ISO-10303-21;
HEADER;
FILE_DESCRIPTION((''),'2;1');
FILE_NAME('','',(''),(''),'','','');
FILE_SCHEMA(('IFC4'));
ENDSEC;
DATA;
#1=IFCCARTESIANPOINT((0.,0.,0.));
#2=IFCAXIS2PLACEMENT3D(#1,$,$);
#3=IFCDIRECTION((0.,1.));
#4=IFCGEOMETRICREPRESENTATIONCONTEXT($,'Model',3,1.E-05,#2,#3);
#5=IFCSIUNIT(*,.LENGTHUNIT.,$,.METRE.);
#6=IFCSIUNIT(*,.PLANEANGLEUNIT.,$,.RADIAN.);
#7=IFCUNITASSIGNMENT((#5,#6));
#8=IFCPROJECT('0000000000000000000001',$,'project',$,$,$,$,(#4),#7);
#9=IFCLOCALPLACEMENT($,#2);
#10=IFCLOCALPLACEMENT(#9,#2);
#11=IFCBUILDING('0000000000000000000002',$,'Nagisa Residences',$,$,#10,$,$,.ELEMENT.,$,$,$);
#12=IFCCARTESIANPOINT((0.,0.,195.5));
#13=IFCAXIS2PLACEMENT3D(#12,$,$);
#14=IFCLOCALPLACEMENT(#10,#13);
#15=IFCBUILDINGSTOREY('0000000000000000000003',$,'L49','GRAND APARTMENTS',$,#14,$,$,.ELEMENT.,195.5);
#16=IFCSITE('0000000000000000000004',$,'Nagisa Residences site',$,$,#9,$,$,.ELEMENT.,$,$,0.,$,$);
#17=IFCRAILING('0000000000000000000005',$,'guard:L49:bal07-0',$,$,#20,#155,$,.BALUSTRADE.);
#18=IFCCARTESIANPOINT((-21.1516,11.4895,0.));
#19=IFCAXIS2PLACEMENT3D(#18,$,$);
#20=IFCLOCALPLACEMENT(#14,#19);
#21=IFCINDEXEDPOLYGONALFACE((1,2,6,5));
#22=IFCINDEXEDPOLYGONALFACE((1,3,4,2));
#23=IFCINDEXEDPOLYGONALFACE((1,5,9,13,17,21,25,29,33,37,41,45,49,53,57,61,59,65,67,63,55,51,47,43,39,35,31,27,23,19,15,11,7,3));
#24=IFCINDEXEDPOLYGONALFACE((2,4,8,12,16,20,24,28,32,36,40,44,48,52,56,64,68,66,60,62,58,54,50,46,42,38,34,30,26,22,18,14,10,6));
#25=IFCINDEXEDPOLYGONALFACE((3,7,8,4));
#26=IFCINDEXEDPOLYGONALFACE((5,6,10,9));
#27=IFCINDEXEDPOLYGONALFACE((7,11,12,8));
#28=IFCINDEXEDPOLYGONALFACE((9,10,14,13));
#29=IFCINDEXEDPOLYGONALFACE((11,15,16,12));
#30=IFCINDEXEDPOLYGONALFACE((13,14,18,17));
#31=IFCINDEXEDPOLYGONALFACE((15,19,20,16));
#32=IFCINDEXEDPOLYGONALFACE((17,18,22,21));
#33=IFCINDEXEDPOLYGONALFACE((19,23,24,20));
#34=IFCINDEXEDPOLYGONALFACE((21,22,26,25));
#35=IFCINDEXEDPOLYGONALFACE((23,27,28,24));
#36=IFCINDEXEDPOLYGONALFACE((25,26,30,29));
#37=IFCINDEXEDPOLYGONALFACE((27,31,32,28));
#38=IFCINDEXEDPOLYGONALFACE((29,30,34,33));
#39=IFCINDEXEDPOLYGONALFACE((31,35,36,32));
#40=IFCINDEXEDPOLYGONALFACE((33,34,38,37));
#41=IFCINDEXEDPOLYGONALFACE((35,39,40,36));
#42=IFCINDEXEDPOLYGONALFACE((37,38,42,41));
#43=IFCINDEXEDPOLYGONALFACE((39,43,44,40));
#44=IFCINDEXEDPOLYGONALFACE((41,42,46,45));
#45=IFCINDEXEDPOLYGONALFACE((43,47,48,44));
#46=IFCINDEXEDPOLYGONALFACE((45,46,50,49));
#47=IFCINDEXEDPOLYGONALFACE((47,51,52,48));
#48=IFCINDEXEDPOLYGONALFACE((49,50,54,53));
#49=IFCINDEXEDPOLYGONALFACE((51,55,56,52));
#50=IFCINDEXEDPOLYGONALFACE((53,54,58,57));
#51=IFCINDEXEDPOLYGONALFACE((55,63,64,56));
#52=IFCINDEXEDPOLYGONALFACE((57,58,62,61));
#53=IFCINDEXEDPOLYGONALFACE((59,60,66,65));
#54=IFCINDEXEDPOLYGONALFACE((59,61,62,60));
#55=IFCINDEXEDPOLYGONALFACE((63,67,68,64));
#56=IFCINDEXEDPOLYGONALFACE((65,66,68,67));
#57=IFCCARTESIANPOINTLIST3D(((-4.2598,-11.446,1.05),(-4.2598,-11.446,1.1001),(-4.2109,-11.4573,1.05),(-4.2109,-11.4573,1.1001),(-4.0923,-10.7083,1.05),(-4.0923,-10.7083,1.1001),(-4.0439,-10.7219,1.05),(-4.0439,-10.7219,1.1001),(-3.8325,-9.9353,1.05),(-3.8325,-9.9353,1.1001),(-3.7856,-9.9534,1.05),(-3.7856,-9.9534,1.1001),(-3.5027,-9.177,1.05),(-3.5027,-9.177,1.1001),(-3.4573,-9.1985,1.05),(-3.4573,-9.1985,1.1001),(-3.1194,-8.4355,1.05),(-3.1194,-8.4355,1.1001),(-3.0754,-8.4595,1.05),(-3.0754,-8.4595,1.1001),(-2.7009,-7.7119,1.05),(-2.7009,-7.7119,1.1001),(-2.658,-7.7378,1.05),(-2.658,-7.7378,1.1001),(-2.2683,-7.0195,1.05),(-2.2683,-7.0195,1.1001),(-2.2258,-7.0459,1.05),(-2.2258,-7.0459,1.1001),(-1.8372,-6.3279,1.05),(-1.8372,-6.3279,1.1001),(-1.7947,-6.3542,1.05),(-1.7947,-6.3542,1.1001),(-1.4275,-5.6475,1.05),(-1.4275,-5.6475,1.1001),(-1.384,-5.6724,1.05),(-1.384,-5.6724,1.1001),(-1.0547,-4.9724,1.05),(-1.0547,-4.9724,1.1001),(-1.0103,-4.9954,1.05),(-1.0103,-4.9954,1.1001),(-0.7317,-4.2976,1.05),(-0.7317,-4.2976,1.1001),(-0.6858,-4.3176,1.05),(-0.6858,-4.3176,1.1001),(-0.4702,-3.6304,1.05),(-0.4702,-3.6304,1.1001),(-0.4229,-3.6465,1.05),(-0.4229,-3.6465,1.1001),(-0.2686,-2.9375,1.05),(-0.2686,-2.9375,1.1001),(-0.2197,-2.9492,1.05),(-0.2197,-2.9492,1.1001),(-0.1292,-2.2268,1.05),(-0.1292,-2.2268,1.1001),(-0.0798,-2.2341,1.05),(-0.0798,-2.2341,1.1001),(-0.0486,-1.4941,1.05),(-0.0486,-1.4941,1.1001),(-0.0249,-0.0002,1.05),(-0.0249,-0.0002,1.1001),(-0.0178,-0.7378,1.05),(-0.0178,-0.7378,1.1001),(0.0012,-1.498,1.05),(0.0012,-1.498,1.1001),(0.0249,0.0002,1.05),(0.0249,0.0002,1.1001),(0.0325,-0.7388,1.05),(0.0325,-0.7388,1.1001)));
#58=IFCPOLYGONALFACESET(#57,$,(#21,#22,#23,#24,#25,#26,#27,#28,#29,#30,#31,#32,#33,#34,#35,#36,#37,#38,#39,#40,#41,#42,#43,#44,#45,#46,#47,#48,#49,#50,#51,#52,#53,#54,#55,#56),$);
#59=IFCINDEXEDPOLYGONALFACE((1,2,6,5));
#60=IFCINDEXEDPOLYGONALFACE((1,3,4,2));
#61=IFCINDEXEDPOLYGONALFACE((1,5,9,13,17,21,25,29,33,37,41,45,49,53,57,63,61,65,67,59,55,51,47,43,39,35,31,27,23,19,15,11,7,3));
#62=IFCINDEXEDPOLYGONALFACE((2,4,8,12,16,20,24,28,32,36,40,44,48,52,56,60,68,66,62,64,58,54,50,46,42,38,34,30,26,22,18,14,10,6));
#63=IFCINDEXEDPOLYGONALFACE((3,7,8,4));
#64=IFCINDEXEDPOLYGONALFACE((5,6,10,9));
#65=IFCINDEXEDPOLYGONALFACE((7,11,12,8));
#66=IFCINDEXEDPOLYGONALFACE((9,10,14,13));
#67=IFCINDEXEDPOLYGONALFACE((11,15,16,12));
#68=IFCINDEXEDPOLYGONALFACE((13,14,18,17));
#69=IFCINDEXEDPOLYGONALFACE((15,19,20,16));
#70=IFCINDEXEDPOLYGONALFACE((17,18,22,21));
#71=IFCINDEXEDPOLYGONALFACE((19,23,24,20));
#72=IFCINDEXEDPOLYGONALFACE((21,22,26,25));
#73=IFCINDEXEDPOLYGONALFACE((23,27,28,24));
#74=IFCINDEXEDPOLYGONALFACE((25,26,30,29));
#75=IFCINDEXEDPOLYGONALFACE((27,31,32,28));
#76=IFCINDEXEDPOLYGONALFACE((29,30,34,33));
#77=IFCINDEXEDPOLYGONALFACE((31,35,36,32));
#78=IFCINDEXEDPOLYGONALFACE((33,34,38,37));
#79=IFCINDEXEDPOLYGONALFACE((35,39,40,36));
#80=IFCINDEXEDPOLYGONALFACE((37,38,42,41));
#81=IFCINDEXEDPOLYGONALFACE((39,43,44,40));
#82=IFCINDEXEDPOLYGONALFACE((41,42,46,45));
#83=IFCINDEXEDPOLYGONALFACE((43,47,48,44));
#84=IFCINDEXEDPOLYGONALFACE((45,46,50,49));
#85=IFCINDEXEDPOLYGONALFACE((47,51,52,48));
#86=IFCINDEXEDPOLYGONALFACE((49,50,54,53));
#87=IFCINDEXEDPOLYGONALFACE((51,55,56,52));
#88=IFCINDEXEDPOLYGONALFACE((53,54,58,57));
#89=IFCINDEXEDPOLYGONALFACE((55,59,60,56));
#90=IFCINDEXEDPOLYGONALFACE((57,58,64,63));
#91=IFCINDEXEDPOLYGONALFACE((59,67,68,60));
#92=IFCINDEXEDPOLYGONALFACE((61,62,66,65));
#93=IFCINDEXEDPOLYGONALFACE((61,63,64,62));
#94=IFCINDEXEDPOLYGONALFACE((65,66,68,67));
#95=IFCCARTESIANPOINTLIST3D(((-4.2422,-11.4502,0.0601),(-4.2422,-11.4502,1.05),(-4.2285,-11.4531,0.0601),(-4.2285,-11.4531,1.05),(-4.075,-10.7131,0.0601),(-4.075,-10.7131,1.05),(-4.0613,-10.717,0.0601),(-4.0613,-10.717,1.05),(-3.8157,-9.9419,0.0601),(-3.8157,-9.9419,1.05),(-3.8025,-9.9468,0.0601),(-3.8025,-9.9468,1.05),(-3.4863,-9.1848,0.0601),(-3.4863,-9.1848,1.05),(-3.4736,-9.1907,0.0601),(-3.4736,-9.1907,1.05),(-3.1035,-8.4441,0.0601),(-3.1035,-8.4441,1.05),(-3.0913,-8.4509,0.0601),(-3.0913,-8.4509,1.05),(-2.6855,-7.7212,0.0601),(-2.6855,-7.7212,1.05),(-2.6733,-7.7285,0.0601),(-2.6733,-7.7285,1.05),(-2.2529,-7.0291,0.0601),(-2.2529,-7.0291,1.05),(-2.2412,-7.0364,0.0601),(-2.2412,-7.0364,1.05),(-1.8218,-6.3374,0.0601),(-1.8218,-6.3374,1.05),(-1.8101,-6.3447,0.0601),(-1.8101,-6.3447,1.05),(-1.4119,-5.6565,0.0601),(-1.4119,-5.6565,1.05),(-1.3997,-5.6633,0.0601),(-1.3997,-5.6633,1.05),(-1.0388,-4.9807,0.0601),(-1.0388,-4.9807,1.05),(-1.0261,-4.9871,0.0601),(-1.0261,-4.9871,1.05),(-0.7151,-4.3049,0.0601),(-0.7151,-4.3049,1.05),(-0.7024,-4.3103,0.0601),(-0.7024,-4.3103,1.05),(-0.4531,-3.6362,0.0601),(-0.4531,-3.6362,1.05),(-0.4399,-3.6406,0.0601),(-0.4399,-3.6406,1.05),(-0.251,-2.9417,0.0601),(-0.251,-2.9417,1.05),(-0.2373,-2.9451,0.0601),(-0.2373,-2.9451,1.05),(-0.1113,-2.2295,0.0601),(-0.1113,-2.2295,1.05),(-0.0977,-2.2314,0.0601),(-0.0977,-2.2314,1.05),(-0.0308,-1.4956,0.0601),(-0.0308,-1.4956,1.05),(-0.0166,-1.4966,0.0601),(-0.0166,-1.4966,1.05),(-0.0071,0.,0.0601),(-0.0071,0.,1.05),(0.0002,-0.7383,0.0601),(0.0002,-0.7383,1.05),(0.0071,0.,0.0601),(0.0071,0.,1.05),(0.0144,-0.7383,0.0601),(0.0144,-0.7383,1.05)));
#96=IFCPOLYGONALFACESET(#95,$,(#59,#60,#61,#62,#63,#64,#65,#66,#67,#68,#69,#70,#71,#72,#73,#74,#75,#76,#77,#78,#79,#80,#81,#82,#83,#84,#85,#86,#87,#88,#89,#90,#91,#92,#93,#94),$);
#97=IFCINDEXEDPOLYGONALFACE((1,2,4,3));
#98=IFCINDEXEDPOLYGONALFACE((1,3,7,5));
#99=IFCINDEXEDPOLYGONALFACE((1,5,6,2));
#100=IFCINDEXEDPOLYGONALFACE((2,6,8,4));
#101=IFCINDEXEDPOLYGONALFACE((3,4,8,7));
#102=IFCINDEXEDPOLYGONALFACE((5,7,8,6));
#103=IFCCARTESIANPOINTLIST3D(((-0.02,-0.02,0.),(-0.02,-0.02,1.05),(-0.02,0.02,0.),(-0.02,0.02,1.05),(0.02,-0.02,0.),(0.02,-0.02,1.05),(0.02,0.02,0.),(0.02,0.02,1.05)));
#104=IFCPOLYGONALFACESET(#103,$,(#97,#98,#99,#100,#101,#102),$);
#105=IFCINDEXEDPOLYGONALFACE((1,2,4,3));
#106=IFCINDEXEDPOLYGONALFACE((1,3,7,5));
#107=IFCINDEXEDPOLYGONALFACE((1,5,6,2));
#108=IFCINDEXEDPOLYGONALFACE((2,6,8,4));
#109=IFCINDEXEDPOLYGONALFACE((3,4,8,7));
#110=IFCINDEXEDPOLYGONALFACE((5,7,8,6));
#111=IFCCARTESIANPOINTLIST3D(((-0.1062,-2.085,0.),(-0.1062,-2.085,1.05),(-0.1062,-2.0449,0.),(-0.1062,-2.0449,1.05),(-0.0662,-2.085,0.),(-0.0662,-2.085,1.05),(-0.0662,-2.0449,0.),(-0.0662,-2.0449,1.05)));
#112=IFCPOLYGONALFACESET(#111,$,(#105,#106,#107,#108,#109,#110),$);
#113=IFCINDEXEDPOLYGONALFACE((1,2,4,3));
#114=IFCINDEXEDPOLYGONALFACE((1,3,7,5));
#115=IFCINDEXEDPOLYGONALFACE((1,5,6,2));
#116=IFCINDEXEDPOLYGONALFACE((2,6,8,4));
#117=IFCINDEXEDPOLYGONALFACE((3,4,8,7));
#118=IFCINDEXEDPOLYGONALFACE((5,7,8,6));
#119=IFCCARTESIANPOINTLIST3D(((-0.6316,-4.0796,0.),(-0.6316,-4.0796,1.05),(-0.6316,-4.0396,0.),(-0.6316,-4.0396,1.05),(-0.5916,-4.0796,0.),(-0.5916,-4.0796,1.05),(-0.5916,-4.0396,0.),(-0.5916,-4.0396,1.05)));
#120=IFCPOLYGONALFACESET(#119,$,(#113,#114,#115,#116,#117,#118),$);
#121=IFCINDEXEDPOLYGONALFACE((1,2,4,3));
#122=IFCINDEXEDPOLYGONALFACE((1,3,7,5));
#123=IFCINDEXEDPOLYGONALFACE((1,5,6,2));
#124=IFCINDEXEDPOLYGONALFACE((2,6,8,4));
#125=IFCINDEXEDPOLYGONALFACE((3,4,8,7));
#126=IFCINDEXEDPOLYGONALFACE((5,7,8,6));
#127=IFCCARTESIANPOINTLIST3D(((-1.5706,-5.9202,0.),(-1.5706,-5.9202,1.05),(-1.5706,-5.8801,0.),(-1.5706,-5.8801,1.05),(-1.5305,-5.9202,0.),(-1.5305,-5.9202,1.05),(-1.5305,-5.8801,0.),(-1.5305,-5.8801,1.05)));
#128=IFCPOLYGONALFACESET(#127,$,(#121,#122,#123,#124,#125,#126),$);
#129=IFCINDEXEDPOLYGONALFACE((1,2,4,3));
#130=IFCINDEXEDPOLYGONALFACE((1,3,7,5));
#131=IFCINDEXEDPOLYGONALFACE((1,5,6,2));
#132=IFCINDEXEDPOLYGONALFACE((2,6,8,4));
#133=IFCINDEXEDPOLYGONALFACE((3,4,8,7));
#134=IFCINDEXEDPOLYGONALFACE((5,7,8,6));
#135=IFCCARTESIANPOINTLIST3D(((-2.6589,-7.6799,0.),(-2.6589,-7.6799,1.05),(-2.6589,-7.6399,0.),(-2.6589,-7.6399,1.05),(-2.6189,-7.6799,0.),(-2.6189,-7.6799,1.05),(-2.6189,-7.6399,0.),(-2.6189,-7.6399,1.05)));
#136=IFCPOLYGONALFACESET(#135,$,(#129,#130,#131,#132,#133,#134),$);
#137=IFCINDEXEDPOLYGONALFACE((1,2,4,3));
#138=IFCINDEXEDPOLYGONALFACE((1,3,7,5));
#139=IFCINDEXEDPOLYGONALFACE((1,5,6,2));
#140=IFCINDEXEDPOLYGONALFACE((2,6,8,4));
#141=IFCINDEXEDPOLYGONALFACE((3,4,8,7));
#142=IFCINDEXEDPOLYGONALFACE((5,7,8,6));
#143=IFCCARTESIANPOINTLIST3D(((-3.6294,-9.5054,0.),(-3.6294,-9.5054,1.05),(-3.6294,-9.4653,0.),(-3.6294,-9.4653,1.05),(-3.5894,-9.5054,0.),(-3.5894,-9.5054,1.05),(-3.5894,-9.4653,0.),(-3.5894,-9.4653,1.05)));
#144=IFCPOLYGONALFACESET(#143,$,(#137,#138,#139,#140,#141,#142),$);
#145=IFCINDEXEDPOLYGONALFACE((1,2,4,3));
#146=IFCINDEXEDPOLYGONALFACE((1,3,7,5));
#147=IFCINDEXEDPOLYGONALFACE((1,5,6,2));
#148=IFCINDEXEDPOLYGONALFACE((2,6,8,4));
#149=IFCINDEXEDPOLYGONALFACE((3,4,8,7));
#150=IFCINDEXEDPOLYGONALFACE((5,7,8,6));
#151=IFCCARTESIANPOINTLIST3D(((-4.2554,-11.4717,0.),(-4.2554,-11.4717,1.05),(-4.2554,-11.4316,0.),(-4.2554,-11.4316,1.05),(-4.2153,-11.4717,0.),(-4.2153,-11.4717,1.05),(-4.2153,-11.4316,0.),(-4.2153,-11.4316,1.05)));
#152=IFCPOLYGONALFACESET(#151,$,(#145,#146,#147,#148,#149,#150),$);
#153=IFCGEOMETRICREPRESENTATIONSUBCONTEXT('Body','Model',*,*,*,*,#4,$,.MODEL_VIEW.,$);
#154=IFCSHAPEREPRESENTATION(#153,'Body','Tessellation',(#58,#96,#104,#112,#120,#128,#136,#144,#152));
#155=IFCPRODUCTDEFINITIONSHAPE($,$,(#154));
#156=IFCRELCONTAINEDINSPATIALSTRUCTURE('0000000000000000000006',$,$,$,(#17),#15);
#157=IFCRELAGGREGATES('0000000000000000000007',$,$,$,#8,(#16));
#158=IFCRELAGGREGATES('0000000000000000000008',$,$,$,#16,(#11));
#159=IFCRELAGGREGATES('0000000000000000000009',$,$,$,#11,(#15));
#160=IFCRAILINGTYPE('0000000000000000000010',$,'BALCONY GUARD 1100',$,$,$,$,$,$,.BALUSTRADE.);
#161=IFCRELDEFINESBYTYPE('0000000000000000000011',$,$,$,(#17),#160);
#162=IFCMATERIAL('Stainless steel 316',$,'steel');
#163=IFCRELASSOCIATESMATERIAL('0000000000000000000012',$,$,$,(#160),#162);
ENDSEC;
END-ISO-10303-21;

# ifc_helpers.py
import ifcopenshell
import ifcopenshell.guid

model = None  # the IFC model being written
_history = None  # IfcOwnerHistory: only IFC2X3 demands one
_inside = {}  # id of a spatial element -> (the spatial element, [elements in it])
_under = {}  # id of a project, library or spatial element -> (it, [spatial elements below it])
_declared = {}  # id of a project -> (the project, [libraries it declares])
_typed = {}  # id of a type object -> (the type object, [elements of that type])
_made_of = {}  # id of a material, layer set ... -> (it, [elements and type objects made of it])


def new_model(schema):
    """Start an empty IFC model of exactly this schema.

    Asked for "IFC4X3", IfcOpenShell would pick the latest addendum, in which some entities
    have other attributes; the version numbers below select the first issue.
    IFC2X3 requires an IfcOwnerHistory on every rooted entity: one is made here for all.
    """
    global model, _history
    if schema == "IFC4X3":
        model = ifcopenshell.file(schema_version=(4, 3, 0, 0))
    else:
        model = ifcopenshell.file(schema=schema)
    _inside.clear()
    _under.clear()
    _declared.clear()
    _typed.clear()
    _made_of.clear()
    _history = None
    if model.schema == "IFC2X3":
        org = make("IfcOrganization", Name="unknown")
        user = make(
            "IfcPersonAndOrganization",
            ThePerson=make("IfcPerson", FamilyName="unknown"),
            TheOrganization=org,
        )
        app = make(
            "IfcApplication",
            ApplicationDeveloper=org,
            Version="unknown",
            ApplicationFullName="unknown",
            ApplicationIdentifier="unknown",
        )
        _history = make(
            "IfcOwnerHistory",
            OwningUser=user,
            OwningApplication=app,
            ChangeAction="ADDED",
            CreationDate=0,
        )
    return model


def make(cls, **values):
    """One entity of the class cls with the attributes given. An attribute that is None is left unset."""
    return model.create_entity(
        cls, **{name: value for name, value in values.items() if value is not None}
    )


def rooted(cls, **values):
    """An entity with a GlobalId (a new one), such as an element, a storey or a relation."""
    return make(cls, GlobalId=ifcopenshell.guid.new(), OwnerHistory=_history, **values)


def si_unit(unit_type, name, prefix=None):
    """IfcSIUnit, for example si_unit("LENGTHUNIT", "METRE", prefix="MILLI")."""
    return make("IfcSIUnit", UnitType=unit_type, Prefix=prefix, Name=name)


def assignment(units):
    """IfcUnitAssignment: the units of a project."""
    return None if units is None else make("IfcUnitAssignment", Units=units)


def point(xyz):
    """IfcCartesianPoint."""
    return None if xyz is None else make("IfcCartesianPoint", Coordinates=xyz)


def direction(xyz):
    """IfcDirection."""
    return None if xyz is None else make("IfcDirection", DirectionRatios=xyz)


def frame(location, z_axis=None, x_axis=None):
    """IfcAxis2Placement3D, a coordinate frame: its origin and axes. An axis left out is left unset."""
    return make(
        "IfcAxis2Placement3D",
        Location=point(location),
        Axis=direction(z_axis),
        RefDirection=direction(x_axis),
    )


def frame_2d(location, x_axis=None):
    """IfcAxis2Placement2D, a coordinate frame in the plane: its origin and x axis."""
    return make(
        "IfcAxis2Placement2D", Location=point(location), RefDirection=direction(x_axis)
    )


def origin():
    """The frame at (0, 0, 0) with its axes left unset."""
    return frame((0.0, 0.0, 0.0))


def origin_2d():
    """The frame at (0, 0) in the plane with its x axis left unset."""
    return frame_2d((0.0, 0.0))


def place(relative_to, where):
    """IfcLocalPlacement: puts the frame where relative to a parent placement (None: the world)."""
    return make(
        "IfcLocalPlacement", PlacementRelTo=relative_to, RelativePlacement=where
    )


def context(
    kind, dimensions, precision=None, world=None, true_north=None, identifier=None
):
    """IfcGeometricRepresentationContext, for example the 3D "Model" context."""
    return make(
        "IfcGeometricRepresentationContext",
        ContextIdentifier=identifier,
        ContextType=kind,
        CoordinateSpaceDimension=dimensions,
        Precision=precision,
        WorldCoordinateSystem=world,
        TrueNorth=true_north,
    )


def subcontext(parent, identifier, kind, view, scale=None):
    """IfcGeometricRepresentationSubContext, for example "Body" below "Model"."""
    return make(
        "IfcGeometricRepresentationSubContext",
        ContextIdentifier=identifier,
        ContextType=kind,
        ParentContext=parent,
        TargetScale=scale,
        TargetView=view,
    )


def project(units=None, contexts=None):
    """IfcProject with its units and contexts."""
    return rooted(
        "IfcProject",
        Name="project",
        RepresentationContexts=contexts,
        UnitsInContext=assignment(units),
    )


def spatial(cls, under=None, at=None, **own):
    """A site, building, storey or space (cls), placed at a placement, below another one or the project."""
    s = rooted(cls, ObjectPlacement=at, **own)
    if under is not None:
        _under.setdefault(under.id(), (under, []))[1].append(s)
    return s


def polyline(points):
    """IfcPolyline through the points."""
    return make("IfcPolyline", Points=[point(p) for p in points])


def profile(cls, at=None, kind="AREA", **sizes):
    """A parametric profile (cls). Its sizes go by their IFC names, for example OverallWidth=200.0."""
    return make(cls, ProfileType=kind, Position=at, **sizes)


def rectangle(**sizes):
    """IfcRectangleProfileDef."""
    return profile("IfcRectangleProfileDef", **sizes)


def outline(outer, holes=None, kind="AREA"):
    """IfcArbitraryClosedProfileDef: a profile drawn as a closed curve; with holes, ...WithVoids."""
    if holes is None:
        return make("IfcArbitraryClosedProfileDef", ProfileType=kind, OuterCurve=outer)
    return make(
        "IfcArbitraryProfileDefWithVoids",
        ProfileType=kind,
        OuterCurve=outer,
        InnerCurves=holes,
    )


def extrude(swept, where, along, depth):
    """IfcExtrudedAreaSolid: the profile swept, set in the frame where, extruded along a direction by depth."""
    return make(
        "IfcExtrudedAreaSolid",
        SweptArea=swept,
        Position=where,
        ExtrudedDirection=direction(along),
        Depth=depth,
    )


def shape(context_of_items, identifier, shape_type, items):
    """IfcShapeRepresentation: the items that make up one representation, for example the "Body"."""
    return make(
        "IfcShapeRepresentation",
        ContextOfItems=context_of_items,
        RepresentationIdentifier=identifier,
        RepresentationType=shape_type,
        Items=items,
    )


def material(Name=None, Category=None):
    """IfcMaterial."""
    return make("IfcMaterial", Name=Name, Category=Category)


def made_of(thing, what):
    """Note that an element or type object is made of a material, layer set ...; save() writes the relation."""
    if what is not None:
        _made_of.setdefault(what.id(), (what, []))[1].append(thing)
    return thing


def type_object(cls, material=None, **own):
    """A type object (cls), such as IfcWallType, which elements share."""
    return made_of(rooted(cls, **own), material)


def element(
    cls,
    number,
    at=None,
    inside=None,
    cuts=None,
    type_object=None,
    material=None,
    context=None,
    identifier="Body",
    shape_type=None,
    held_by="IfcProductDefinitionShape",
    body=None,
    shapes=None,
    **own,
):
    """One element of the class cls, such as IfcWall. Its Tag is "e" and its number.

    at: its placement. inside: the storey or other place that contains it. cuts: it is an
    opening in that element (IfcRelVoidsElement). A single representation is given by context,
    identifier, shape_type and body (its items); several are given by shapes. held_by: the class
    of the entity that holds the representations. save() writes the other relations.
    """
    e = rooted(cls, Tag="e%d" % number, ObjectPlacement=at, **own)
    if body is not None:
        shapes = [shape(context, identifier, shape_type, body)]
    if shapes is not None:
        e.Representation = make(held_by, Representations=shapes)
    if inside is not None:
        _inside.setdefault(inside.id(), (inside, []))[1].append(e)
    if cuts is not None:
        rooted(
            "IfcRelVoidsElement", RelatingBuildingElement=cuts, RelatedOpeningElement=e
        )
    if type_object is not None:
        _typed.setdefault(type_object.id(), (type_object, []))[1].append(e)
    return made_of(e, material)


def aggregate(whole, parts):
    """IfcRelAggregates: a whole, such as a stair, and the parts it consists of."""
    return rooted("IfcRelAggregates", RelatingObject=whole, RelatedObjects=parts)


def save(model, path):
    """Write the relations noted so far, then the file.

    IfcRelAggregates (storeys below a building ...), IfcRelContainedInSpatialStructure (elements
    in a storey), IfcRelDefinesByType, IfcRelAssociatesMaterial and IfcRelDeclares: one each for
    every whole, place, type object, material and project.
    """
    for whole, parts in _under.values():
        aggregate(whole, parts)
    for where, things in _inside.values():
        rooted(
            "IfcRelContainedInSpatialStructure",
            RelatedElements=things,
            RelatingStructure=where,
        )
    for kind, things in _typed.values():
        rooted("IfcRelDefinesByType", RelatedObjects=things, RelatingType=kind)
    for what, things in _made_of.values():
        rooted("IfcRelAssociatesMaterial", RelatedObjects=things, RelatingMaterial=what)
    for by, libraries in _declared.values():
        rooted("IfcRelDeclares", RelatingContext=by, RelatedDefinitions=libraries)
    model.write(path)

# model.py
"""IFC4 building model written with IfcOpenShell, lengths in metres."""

from ifc_helpers import new_model, si_unit, direction, frame, origin, origin_2d, place, context, subcontext, project, spatial, polyline, rectangle, outline, extrude, material, type_object, element, save


model = new_model("IFC4")

# Units and contexts
model_context = context("Model", 3, precision=1e-05, world=origin(), true_north=direction((0.0, 1.0)))
body_context = subcontext(model_context, "Body", "Model", "MODEL_VIEW")
ifc_project = project(units=[si_unit("LENGTHUNIT", "METRE"), si_unit("PLANEANGLEUNIT", "RADIAN")], contexts=[model_context])

# Site, building, storey
site_placement = place(None, origin())
site = spatial("IfcSite", under=ifc_project, at=site_placement, Name="Nagisa Residences site", CompositionType="ELEMENT", RefElevation=0.0)
building_placement = place(site_placement, origin())
building = spatial("IfcBuilding", under=site, at=building_placement, Name="Nagisa Residences", CompositionType="ELEMENT")
storey_placement = place(building_placement, frame((0.0, 0.0, 195.5)))
storey = spatial("IfcBuildingStorey", under=building, at=storey_placement, Name="L49", Description="GRAND APARTMENTS", CompositionType="ELEMENT", Elevation=195.5)

# Railing
ifc_material_1 = material(Name="Stainless steel 316", Category="steel")
railing_type = type_object("IfcRailingType", Name="BALCONY GUARD 1100", PredefinedType="BALUSTRADE", material=ifc_material_1)
railing_placement = place(storey_placement, frame((-21.1516, 11.4895, 0.0)))
element("IfcRailing", 1, at=railing_placement, inside=storey, type_object=railing_type, Name="guard:L49:bal07-0", PredefinedType="BALUSTRADE", context=body_context, shape_type="SweptSolid", body=[
    extrude(outline(polyline([(0.0325, -0.7388), (0.0249, 0.0002), (-0.0249, -0.0002), (-0.0178, -0.7378), (-0.0486, -1.4941), (-0.1292, -2.2268), (-0.2686, -2.9375), (-0.4702, -3.6304), (-0.7317, -4.2976), (-1.0547, -4.9724), (-1.4275, -5.6475), (-1.8372, -6.3279), (-2.2683, -7.0195), (-2.7009, -7.7119), (-3.1194, -8.4355), (-3.5027, -9.177), (-3.8325, -9.9353), (-4.0923, -10.7083), (-4.2598, -11.446), (-4.2109, -11.4573), (-4.0439, -10.7219), (-3.7856, -9.9534), (-3.4573, -9.1985), (-3.0754, -8.4595), (-2.658, -7.7378), (-2.2258, -7.0459), (-1.7947, -6.3542), (-1.384, -5.6724), (-1.0103, -4.9954), (-0.6858, -4.3176), (-0.4229, -3.6465), (-0.2197, -2.9492), (-0.0798, -2.2341), (0.0012, -1.498), (0.0325, -0.7388)])), frame((0.0, 0.0, 1.05)), (0.0, 0.0, 1.0), 0.05),
    extrude(outline(polyline([(0.0144, -0.7383), (0.0071, 0.0), (-0.0071, 0.0), (0.0002, -0.7383), (-0.0308, -1.4956), (-0.1113, -2.2295), (-0.251, -2.9417), (-0.4531, -3.6362), (-0.7151, -4.3049), (-1.0388, -4.9807), (-1.4119, -5.6565), (-1.8218, -6.3374), (-2.2529, -7.0291), (-2.6855, -7.7212), (-3.1035, -8.4441), (-3.4863, -9.1848), (-3.8157, -9.9419), (-4.075, -10.7131), (-4.2422, -11.4502), (-4.2285, -11.4531), (-4.0613, -10.717), (-3.8025, -9.9468), (-3.4736, -9.1907), (-3.0913, -8.4509), (-2.6733, -7.7285), (-2.2412, -7.0364), (-1.8101, -6.3447), (-1.3997, -5.6633), (-1.0261, -4.9871), (-0.7024, -4.3103), (-0.4399, -3.6406), (-0.2373, -2.9451), (-0.0977, -2.2314), (-0.0166, -1.4966), (0.0144, -0.7383)])), frame((0.0, 0.0, 0.0601)), (0.0, 0.0, 1.0), 0.99),
    extrude(rectangle(XDim=0.04, YDim=0.04, at=origin_2d()), origin(), (0.0, 0.0, 1.0), 1.05),
    extrude(rectangle(XDim=0.04, YDim=0.04, at=origin_2d()), frame((-0.0862, -2.0649, 0.0)), (0.0, 0.0, 1.0), 1.05),
    extrude(rectangle(XDim=0.04, YDim=0.04, at=origin_2d()), frame((-0.6116, -4.0596, 0.0)), (0.0, 0.0, 1.0), 1.05),
    extrude(rectangle(XDim=0.04, YDim=0.04, at=origin_2d()), frame((-1.5505, -5.9001, 0.0)), (0.0, 0.0, 1.0), 1.05),
    extrude(rectangle(XDim=0.04, YDim=0.04, at=origin_2d()), frame((-2.6389, -7.6599, 0.0)), (0.0, 0.0, 1.0), 1.05),
    extrude(rectangle(XDim=0.04, YDim=0.04, at=origin_2d()), frame((-3.6094, -9.4854, 0.0)), (0.0, 0.0, 1.0), 1.05),
    extrude(rectangle(XDim=0.04, YDim=0.04, at=origin_2d()), frame((-4.2354, -11.4517, 0.0)), (0.0, 0.0, 1.0), 1.05),
])

save(model, "model.ifc")
